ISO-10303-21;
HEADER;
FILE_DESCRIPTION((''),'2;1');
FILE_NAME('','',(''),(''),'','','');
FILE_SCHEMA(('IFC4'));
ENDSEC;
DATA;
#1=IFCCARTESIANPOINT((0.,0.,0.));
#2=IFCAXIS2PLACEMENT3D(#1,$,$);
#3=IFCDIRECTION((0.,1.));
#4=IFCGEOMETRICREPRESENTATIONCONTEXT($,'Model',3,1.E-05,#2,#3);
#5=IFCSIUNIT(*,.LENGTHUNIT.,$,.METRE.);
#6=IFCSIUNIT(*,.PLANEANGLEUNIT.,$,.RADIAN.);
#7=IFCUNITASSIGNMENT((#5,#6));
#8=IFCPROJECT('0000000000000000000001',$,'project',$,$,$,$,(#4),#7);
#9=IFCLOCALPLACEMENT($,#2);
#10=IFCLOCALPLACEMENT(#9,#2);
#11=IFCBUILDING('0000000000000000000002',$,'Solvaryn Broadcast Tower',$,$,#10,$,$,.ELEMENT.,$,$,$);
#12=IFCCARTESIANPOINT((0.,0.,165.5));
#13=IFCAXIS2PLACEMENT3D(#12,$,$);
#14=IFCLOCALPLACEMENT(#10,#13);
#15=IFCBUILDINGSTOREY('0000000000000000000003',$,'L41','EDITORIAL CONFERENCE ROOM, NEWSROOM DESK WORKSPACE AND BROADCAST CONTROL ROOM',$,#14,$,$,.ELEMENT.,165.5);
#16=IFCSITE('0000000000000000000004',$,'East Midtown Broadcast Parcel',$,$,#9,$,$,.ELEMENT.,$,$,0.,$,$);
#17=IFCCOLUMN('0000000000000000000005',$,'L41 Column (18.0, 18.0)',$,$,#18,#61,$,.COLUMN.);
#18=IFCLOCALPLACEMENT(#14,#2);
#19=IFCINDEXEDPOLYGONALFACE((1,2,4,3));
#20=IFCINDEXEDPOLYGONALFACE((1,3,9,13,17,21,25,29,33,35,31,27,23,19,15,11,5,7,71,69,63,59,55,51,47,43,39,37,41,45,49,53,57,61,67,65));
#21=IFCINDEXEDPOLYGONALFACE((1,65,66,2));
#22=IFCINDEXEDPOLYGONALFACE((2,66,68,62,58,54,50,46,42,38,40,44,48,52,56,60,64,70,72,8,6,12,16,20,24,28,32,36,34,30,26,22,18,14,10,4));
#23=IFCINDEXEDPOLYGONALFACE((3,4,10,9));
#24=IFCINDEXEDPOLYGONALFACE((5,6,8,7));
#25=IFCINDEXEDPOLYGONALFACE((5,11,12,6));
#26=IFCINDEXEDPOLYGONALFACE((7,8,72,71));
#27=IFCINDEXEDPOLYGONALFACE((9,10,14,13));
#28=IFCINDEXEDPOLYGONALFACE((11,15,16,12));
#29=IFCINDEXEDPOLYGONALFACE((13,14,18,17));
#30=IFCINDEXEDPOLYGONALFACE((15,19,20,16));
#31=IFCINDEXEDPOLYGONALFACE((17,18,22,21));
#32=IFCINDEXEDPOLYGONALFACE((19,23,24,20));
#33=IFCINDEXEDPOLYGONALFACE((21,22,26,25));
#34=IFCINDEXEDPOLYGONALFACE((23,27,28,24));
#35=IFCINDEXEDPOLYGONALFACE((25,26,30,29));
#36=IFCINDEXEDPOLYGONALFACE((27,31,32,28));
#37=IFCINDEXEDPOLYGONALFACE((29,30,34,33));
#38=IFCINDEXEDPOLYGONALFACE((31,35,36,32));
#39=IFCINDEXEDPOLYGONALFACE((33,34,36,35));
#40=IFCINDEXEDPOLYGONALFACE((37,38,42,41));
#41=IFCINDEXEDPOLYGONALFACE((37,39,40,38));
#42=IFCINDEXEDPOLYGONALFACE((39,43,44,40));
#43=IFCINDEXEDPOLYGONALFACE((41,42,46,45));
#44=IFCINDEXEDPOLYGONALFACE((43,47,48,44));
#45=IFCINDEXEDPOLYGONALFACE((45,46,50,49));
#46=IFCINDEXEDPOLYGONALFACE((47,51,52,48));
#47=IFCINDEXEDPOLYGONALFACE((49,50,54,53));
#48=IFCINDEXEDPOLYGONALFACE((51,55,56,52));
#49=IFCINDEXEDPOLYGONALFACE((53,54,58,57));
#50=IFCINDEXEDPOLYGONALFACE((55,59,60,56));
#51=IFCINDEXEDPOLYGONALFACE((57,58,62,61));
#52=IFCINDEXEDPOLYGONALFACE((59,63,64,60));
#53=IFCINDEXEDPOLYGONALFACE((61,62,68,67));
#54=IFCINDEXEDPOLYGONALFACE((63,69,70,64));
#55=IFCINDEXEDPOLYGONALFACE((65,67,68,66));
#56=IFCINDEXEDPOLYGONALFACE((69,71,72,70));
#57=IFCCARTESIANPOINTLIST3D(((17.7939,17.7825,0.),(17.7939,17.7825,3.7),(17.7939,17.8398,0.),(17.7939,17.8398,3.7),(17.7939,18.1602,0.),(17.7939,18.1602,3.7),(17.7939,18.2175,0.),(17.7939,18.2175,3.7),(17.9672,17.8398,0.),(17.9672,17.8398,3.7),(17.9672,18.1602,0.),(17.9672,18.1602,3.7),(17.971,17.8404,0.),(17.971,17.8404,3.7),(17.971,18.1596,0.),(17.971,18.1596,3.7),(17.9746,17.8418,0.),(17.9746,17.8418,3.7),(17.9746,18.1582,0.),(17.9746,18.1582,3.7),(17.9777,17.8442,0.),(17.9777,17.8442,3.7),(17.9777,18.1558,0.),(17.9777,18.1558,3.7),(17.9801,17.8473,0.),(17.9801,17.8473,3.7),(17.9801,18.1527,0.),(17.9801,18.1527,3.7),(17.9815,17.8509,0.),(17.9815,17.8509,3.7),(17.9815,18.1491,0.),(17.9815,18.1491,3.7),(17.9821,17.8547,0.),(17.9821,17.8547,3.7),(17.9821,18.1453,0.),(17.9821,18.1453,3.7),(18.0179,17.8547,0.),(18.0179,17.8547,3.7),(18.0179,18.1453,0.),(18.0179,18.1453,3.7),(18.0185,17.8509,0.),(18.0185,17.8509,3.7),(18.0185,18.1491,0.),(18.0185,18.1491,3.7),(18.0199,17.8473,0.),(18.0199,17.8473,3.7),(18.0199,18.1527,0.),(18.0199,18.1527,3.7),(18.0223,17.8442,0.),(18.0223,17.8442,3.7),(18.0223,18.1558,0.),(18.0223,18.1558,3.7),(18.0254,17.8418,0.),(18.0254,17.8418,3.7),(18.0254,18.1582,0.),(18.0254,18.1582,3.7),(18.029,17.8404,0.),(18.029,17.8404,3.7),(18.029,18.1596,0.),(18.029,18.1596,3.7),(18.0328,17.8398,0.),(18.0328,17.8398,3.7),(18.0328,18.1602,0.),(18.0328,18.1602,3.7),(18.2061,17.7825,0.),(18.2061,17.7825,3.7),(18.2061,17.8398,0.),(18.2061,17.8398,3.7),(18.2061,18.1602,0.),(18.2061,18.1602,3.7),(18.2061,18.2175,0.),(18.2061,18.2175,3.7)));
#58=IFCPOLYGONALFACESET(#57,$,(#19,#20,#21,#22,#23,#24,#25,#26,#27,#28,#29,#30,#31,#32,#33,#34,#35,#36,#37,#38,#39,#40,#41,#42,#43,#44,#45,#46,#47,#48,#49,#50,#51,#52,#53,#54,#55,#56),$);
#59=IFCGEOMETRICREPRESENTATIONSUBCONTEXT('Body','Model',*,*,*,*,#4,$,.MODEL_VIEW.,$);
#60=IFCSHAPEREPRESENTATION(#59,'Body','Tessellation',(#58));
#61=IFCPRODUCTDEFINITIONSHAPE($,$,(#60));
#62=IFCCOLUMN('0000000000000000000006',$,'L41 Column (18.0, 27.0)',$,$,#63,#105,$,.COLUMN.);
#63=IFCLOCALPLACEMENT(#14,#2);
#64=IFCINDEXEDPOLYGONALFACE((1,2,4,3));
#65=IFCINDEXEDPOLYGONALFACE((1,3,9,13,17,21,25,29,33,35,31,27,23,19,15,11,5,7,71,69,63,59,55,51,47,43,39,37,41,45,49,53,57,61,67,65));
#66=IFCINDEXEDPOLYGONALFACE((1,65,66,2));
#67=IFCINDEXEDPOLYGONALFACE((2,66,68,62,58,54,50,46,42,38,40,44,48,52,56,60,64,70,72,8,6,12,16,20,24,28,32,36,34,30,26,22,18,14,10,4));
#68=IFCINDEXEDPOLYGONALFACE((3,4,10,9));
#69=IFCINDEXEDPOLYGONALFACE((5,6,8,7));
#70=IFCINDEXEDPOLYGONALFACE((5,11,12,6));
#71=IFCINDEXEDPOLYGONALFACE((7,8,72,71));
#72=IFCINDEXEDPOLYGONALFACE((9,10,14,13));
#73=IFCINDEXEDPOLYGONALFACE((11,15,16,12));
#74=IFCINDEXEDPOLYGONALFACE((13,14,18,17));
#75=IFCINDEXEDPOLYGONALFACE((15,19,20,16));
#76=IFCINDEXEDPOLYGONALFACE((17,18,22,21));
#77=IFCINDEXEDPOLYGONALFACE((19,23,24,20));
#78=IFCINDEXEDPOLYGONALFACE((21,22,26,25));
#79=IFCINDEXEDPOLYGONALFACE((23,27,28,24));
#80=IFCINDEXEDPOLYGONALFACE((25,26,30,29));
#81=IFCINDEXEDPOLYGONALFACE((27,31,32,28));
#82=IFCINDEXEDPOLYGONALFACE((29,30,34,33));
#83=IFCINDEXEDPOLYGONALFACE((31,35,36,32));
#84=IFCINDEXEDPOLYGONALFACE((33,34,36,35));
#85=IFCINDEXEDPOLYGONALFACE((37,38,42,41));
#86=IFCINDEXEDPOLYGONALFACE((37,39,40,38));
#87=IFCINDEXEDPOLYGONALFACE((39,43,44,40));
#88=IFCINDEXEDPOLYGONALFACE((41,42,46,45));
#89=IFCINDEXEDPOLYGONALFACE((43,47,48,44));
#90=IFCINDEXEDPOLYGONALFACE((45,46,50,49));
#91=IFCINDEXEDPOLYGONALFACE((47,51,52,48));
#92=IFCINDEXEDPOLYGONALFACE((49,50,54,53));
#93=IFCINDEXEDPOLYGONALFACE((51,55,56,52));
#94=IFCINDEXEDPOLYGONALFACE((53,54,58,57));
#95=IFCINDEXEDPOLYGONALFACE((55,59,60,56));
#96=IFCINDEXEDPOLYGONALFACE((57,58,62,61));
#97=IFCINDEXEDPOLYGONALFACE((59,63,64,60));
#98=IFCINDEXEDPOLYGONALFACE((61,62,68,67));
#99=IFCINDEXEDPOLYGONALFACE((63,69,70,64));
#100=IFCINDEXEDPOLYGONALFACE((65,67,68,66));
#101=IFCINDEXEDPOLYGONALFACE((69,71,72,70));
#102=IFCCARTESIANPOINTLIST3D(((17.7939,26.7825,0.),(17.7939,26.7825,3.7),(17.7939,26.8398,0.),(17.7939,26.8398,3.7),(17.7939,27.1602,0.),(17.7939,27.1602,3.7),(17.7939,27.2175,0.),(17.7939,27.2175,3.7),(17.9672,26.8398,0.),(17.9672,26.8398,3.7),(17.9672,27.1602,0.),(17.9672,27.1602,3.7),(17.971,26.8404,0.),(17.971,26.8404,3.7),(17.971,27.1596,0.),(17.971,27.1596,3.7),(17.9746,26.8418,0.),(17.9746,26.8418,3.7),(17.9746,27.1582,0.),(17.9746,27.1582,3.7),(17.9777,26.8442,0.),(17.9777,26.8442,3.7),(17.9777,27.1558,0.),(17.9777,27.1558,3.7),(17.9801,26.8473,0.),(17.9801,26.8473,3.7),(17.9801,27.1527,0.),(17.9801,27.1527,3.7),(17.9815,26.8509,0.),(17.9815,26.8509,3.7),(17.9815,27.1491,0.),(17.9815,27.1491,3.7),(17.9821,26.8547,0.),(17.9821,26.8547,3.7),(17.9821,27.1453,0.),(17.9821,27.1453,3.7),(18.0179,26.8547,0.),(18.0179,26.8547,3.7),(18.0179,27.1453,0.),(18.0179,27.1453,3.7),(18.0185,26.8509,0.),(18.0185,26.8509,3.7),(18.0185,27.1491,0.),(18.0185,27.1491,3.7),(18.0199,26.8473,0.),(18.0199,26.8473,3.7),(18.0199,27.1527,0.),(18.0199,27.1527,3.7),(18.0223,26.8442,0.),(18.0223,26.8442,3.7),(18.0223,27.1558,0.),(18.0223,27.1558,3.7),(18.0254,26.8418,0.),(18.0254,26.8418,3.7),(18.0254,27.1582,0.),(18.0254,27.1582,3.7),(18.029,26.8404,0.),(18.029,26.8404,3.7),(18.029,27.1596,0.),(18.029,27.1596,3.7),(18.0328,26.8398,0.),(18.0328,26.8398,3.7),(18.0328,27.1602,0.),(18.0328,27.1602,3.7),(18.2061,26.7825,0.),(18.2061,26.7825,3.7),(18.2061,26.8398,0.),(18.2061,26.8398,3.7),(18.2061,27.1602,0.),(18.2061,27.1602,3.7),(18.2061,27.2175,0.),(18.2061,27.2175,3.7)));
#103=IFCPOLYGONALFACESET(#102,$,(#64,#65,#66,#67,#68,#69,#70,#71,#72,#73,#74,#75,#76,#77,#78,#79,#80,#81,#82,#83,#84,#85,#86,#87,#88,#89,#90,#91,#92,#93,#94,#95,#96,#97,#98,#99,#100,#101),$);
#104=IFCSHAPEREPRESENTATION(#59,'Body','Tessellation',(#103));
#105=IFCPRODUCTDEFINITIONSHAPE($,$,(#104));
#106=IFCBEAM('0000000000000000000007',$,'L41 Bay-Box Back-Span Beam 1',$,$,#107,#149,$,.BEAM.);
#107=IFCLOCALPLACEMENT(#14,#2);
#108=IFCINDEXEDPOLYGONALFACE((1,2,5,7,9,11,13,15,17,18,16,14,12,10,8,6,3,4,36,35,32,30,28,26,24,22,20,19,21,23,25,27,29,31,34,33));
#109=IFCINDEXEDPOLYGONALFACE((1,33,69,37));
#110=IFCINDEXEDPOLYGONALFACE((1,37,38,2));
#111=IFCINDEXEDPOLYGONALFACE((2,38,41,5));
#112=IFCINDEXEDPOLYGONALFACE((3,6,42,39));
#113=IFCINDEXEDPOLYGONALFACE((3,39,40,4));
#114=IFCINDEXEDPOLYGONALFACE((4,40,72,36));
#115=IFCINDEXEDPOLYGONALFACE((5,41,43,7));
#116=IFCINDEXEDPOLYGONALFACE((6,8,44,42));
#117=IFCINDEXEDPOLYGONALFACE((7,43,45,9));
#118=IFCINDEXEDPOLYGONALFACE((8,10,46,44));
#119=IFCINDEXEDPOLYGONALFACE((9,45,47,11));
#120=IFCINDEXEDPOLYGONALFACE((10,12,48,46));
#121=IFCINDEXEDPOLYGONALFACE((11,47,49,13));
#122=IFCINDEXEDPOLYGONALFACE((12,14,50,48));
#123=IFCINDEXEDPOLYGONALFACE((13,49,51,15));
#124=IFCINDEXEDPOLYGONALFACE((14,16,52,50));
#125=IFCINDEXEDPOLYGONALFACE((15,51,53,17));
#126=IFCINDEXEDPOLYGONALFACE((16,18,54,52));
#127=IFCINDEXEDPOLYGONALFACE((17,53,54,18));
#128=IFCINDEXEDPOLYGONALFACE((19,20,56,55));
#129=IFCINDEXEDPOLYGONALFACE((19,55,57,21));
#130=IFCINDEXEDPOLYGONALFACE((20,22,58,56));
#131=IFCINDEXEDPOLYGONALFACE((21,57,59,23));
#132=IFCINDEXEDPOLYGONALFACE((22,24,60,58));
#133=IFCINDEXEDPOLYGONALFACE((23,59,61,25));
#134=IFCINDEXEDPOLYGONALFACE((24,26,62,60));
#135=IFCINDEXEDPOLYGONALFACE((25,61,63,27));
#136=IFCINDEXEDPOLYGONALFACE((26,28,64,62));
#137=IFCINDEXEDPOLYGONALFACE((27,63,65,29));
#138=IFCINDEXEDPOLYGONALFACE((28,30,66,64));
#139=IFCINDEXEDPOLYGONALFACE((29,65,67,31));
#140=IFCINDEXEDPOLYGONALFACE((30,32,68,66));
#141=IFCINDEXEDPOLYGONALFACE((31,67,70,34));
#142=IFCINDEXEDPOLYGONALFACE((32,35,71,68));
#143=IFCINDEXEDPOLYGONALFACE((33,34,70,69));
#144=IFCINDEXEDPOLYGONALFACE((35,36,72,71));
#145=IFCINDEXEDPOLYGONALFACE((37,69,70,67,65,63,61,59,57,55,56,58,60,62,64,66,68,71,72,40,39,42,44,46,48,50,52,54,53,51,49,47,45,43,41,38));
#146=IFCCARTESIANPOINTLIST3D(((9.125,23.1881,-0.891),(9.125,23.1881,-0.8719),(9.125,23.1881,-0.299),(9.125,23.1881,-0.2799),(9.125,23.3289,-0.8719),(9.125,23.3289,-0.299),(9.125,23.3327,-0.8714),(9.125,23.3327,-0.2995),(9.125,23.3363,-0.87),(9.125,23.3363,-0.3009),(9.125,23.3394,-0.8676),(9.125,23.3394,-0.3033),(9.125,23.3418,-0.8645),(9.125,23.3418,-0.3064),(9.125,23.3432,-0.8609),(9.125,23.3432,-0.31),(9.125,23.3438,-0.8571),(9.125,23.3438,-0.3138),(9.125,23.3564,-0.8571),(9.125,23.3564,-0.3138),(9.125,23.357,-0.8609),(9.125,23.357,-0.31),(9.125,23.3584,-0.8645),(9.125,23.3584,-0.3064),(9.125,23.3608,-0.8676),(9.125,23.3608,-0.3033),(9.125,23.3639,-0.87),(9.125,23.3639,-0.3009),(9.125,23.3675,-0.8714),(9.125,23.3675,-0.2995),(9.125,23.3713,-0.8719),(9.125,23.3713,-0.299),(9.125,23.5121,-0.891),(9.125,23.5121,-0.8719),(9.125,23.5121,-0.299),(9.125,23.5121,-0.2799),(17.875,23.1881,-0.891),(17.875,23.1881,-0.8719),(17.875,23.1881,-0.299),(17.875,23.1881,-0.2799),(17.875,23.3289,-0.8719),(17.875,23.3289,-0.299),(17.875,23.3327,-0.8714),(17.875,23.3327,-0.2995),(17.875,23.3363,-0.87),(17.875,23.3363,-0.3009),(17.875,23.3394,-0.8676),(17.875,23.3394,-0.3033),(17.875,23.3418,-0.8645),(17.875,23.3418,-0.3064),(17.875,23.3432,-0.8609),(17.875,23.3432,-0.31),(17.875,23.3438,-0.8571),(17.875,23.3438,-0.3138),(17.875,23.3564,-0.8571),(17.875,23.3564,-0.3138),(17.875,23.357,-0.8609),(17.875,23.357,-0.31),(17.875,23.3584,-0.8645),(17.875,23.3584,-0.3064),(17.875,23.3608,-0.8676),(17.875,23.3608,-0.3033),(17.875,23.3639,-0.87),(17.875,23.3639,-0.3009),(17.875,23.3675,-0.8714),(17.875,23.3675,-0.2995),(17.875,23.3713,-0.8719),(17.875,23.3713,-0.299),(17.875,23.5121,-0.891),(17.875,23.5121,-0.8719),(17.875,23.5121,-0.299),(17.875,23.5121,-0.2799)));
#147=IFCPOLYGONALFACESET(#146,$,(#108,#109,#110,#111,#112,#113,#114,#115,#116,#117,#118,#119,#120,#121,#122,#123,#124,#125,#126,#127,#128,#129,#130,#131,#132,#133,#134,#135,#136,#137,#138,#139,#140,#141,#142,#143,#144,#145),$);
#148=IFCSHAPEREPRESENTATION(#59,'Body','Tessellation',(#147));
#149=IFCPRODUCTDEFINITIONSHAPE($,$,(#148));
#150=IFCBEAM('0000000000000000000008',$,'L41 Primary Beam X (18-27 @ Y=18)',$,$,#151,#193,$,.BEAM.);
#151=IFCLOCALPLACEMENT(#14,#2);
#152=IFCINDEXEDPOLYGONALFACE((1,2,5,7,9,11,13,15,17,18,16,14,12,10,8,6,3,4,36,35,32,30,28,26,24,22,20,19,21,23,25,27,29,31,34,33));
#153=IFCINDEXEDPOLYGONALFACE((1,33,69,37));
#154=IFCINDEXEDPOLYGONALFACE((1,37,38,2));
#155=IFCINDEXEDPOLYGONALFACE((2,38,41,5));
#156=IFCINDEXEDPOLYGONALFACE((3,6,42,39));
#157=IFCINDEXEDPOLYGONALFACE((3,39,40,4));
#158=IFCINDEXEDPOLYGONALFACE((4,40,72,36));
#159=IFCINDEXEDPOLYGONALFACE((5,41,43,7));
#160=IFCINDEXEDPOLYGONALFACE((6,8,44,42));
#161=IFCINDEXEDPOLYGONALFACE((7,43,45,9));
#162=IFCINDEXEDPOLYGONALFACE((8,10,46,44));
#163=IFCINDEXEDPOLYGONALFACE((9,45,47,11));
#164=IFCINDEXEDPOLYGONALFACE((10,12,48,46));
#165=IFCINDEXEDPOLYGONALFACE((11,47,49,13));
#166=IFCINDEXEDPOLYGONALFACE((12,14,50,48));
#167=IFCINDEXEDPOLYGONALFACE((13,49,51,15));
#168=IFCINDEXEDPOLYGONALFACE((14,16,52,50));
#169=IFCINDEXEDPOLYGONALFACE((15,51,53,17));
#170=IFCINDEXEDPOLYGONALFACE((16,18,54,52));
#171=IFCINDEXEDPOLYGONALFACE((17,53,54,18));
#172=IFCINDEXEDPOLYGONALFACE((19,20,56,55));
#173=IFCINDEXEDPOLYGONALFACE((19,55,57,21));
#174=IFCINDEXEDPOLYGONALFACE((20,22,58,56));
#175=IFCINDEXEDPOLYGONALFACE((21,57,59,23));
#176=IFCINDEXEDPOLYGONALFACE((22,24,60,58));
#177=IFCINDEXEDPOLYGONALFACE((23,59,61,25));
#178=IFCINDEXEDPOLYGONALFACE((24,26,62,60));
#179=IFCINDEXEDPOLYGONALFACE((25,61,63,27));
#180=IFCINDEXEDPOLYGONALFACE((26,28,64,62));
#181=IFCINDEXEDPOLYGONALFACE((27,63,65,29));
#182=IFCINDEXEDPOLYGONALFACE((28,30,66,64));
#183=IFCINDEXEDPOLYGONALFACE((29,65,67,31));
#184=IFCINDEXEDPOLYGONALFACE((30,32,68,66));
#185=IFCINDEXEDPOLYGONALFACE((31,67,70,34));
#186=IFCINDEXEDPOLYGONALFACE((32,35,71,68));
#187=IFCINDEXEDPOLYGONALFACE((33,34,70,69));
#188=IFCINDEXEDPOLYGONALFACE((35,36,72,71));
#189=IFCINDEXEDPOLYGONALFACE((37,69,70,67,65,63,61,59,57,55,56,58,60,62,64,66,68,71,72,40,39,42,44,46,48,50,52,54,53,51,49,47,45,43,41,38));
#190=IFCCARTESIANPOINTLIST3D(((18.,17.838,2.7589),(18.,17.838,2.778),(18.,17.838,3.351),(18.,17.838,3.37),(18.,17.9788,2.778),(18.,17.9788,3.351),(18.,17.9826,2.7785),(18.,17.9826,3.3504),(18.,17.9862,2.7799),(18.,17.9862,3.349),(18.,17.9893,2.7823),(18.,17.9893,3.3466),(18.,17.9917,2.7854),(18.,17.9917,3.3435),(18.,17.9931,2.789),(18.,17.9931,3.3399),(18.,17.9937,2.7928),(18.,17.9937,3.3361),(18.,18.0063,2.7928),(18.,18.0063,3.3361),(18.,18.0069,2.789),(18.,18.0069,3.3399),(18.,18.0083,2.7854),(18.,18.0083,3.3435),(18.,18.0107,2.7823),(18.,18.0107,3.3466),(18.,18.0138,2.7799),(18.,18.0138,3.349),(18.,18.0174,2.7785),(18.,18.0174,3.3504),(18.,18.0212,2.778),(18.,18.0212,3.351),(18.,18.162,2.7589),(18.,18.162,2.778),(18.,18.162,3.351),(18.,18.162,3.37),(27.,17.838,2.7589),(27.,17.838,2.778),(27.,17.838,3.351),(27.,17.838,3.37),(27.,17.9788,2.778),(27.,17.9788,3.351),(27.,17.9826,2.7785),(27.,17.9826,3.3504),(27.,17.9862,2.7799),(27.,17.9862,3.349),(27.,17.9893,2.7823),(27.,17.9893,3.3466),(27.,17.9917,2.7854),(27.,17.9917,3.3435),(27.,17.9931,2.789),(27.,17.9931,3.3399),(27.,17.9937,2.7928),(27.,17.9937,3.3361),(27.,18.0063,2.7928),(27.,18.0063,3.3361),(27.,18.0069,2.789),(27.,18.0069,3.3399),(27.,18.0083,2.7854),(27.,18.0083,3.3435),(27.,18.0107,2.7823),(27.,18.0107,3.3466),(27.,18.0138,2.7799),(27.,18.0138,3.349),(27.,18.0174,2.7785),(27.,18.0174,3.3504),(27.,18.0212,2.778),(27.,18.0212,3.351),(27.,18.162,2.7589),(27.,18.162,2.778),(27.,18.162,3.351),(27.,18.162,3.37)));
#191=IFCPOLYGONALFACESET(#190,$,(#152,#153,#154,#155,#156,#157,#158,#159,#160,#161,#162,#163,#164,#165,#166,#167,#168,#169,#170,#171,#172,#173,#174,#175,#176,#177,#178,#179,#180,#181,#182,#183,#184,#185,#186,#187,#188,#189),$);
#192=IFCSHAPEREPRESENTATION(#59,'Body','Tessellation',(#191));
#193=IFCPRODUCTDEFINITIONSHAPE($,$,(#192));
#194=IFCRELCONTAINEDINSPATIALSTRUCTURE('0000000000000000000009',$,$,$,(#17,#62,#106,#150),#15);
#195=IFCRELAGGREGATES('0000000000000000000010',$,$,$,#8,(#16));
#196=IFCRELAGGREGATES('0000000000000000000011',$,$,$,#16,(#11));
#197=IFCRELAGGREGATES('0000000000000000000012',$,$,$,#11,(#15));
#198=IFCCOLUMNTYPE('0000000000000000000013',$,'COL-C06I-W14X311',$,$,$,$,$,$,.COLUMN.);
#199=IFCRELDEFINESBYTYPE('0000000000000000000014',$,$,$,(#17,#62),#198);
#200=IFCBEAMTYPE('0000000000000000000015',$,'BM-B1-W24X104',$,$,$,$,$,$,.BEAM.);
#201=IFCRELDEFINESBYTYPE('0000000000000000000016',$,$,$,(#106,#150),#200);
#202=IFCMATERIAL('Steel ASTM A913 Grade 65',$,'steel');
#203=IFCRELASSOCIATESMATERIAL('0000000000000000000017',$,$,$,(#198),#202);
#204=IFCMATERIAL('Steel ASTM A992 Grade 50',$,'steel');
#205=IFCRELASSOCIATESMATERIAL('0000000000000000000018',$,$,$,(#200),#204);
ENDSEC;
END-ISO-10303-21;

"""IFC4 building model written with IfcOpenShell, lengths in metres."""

from ifc_helpers import new_model, si_unit, direction, frame, origin, origin_2d, place, context, subcontext, project, spatial, i_section, extrude, material, material_profile, profile_set, type_object, element, save


model = new_model("IFC4")

# Units and contexts
model_context = context("Model", 3, precision=1e-05, world=origin(), true_north=direction((0.0, 1.0)))
body_context = subcontext(model_context, "Body", "Model", "MODEL_VIEW")
ifc_project = project(units=[si_unit("LENGTHUNIT", "METRE"), si_unit("PLANEANGLEUNIT", "RADIAN")], contexts=[model_context])

# Site, building, storey
site_placement = place(None, origin())
site = spatial("IfcSite", under=ifc_project, at=site_placement, Name="East Midtown Broadcast Parcel", CompositionType="ELEMENT", RefElevation=0.0)
building_placement = place(site_placement, origin())
building = spatial("IfcBuilding", under=site, at=building_placement, Name="Solvaryn Broadcast Tower", CompositionType="ELEMENT")
storey_placement = place(building_placement, frame((0.0, 0.0, 165.5)))
storey = spatial("IfcBuildingStorey", under=building, at=storey_placement, Name="L41", Description="EDITORIAL CONFERENCE ROOM, NEWSROOM DESK WORKSPACE AND BROADCAST CONTROL ROOM", CompositionType="ELEMENT", Elevation=165.5)

# Columns
ifc_material_1 = material(Name="Steel ASTM A913 Grade 65", Category="steel")
ifc_material_profile_1 = material_profile(ifc_material_1, i_section(OverallWidth=0.4121, OverallDepth=0.4351, WebThickness=0.0359, FlangeThickness=0.0574, FilletRadius=0.0149, at=origin_2d()))
ifc_profile_set_1 = profile_set([ifc_material_profile_1], Name="Steel ASTM A913 Grade 65")
column_type = type_object("IfcColumnType", Name="COL-C06I-W14X311", PredefinedType="COLUMN", material=ifc_profile_set_1)
for number, where, z_axis, x_axis, name in (
    (1, (18.0, 18.0, 0.0), (0.0, 0.0, 1.0), (1.0, 0.0, 0.0), "L41 Column (18.0, 18.0)"),
    (2, (18.0, 27.0, 0.0), (0.0, 0.0, 1.0), (1.0, 0.0, 0.0), "L41 Column (18.0, 27.0)"),
):
    element("IfcColumn", number, at=place(storey_placement, frame(where, z_axis=z_axis, x_axis=x_axis)), inside=storey, type_object=column_type, Name=name, PredefinedType="COLUMN", context=body_context, shape_type="SweptSolid", body=[
        extrude(i_section(OverallWidth=0.4121, OverallDepth=0.4351, WebThickness=0.0359, FlangeThickness=0.0574, FilletRadius=0.0149, at=origin_2d()), origin(), (0.0, 0.0, 1.0), 3.7),
    ])

# Beams
ifc_material_2 = material(Name="Steel ASTM A992 Grade 50", Category="steel")
ifc_material_profile_2 = material_profile(ifc_material_2, i_section(OverallWidth=0.324, OverallDepth=0.6111, WebThickness=0.0127, FlangeThickness=0.019, FilletRadius=0.0149, at=origin_2d()))
ifc_profile_set_2 = profile_set([ifc_material_profile_2], Name="Steel ASTM A992 Grade 50")
beam_type_1 = type_object("IfcBeamType", Name="BM-B1-W24X104", PredefinedType="BEAM", material=ifc_profile_set_2)
beam_1_placement = place(storey_placement, frame((17.875, 23.3501, -0.5854), z_axis=(-1.0, 0.0, 0.0), x_axis=(0.0, -1.0, 0.0)))
element("IfcBeam", 3, at=beam_1_placement, inside=storey, type_object=beam_type_1, Name="L41 Bay-Box Back-Span Beam 1", PredefinedType="BEAM", context=body_context, shape_type="SweptSolid", body=[
    extrude(i_section(OverallWidth=0.324, OverallDepth=0.6111, WebThickness=0.0127, FlangeThickness=0.019, FilletRadius=0.0149, at=origin_2d()), origin(), (0.0, 0.0, 1.0), 8.75),
])
for number, where, z_axis, x_axis, name in (
    (4, (18.0, 18.0, 3.0645), (1.0, 0.0, 0.0), (0.0, 1.0, 0.0), "L41 Primary Beam X (18-27 @ Y=18)"),
):
    element("IfcBeam", number, at=place(storey_placement, frame(where, z_axis=z_axis, x_axis=x_axis)), inside=storey, type_object=beam_type_1, Name=name, PredefinedType="BEAM", context=body_context, shape_type="SweptSolid", body=[
        extrude(i_section(OverallWidth=0.324, OverallDepth=0.6111, WebThickness=0.0127, FlangeThickness=0.019, FilletRadius=0.0149, at=origin_2d()), origin(), (0.0, 0.0, 1.0), 9.0),
    ])

save(model, "model.ifc")
